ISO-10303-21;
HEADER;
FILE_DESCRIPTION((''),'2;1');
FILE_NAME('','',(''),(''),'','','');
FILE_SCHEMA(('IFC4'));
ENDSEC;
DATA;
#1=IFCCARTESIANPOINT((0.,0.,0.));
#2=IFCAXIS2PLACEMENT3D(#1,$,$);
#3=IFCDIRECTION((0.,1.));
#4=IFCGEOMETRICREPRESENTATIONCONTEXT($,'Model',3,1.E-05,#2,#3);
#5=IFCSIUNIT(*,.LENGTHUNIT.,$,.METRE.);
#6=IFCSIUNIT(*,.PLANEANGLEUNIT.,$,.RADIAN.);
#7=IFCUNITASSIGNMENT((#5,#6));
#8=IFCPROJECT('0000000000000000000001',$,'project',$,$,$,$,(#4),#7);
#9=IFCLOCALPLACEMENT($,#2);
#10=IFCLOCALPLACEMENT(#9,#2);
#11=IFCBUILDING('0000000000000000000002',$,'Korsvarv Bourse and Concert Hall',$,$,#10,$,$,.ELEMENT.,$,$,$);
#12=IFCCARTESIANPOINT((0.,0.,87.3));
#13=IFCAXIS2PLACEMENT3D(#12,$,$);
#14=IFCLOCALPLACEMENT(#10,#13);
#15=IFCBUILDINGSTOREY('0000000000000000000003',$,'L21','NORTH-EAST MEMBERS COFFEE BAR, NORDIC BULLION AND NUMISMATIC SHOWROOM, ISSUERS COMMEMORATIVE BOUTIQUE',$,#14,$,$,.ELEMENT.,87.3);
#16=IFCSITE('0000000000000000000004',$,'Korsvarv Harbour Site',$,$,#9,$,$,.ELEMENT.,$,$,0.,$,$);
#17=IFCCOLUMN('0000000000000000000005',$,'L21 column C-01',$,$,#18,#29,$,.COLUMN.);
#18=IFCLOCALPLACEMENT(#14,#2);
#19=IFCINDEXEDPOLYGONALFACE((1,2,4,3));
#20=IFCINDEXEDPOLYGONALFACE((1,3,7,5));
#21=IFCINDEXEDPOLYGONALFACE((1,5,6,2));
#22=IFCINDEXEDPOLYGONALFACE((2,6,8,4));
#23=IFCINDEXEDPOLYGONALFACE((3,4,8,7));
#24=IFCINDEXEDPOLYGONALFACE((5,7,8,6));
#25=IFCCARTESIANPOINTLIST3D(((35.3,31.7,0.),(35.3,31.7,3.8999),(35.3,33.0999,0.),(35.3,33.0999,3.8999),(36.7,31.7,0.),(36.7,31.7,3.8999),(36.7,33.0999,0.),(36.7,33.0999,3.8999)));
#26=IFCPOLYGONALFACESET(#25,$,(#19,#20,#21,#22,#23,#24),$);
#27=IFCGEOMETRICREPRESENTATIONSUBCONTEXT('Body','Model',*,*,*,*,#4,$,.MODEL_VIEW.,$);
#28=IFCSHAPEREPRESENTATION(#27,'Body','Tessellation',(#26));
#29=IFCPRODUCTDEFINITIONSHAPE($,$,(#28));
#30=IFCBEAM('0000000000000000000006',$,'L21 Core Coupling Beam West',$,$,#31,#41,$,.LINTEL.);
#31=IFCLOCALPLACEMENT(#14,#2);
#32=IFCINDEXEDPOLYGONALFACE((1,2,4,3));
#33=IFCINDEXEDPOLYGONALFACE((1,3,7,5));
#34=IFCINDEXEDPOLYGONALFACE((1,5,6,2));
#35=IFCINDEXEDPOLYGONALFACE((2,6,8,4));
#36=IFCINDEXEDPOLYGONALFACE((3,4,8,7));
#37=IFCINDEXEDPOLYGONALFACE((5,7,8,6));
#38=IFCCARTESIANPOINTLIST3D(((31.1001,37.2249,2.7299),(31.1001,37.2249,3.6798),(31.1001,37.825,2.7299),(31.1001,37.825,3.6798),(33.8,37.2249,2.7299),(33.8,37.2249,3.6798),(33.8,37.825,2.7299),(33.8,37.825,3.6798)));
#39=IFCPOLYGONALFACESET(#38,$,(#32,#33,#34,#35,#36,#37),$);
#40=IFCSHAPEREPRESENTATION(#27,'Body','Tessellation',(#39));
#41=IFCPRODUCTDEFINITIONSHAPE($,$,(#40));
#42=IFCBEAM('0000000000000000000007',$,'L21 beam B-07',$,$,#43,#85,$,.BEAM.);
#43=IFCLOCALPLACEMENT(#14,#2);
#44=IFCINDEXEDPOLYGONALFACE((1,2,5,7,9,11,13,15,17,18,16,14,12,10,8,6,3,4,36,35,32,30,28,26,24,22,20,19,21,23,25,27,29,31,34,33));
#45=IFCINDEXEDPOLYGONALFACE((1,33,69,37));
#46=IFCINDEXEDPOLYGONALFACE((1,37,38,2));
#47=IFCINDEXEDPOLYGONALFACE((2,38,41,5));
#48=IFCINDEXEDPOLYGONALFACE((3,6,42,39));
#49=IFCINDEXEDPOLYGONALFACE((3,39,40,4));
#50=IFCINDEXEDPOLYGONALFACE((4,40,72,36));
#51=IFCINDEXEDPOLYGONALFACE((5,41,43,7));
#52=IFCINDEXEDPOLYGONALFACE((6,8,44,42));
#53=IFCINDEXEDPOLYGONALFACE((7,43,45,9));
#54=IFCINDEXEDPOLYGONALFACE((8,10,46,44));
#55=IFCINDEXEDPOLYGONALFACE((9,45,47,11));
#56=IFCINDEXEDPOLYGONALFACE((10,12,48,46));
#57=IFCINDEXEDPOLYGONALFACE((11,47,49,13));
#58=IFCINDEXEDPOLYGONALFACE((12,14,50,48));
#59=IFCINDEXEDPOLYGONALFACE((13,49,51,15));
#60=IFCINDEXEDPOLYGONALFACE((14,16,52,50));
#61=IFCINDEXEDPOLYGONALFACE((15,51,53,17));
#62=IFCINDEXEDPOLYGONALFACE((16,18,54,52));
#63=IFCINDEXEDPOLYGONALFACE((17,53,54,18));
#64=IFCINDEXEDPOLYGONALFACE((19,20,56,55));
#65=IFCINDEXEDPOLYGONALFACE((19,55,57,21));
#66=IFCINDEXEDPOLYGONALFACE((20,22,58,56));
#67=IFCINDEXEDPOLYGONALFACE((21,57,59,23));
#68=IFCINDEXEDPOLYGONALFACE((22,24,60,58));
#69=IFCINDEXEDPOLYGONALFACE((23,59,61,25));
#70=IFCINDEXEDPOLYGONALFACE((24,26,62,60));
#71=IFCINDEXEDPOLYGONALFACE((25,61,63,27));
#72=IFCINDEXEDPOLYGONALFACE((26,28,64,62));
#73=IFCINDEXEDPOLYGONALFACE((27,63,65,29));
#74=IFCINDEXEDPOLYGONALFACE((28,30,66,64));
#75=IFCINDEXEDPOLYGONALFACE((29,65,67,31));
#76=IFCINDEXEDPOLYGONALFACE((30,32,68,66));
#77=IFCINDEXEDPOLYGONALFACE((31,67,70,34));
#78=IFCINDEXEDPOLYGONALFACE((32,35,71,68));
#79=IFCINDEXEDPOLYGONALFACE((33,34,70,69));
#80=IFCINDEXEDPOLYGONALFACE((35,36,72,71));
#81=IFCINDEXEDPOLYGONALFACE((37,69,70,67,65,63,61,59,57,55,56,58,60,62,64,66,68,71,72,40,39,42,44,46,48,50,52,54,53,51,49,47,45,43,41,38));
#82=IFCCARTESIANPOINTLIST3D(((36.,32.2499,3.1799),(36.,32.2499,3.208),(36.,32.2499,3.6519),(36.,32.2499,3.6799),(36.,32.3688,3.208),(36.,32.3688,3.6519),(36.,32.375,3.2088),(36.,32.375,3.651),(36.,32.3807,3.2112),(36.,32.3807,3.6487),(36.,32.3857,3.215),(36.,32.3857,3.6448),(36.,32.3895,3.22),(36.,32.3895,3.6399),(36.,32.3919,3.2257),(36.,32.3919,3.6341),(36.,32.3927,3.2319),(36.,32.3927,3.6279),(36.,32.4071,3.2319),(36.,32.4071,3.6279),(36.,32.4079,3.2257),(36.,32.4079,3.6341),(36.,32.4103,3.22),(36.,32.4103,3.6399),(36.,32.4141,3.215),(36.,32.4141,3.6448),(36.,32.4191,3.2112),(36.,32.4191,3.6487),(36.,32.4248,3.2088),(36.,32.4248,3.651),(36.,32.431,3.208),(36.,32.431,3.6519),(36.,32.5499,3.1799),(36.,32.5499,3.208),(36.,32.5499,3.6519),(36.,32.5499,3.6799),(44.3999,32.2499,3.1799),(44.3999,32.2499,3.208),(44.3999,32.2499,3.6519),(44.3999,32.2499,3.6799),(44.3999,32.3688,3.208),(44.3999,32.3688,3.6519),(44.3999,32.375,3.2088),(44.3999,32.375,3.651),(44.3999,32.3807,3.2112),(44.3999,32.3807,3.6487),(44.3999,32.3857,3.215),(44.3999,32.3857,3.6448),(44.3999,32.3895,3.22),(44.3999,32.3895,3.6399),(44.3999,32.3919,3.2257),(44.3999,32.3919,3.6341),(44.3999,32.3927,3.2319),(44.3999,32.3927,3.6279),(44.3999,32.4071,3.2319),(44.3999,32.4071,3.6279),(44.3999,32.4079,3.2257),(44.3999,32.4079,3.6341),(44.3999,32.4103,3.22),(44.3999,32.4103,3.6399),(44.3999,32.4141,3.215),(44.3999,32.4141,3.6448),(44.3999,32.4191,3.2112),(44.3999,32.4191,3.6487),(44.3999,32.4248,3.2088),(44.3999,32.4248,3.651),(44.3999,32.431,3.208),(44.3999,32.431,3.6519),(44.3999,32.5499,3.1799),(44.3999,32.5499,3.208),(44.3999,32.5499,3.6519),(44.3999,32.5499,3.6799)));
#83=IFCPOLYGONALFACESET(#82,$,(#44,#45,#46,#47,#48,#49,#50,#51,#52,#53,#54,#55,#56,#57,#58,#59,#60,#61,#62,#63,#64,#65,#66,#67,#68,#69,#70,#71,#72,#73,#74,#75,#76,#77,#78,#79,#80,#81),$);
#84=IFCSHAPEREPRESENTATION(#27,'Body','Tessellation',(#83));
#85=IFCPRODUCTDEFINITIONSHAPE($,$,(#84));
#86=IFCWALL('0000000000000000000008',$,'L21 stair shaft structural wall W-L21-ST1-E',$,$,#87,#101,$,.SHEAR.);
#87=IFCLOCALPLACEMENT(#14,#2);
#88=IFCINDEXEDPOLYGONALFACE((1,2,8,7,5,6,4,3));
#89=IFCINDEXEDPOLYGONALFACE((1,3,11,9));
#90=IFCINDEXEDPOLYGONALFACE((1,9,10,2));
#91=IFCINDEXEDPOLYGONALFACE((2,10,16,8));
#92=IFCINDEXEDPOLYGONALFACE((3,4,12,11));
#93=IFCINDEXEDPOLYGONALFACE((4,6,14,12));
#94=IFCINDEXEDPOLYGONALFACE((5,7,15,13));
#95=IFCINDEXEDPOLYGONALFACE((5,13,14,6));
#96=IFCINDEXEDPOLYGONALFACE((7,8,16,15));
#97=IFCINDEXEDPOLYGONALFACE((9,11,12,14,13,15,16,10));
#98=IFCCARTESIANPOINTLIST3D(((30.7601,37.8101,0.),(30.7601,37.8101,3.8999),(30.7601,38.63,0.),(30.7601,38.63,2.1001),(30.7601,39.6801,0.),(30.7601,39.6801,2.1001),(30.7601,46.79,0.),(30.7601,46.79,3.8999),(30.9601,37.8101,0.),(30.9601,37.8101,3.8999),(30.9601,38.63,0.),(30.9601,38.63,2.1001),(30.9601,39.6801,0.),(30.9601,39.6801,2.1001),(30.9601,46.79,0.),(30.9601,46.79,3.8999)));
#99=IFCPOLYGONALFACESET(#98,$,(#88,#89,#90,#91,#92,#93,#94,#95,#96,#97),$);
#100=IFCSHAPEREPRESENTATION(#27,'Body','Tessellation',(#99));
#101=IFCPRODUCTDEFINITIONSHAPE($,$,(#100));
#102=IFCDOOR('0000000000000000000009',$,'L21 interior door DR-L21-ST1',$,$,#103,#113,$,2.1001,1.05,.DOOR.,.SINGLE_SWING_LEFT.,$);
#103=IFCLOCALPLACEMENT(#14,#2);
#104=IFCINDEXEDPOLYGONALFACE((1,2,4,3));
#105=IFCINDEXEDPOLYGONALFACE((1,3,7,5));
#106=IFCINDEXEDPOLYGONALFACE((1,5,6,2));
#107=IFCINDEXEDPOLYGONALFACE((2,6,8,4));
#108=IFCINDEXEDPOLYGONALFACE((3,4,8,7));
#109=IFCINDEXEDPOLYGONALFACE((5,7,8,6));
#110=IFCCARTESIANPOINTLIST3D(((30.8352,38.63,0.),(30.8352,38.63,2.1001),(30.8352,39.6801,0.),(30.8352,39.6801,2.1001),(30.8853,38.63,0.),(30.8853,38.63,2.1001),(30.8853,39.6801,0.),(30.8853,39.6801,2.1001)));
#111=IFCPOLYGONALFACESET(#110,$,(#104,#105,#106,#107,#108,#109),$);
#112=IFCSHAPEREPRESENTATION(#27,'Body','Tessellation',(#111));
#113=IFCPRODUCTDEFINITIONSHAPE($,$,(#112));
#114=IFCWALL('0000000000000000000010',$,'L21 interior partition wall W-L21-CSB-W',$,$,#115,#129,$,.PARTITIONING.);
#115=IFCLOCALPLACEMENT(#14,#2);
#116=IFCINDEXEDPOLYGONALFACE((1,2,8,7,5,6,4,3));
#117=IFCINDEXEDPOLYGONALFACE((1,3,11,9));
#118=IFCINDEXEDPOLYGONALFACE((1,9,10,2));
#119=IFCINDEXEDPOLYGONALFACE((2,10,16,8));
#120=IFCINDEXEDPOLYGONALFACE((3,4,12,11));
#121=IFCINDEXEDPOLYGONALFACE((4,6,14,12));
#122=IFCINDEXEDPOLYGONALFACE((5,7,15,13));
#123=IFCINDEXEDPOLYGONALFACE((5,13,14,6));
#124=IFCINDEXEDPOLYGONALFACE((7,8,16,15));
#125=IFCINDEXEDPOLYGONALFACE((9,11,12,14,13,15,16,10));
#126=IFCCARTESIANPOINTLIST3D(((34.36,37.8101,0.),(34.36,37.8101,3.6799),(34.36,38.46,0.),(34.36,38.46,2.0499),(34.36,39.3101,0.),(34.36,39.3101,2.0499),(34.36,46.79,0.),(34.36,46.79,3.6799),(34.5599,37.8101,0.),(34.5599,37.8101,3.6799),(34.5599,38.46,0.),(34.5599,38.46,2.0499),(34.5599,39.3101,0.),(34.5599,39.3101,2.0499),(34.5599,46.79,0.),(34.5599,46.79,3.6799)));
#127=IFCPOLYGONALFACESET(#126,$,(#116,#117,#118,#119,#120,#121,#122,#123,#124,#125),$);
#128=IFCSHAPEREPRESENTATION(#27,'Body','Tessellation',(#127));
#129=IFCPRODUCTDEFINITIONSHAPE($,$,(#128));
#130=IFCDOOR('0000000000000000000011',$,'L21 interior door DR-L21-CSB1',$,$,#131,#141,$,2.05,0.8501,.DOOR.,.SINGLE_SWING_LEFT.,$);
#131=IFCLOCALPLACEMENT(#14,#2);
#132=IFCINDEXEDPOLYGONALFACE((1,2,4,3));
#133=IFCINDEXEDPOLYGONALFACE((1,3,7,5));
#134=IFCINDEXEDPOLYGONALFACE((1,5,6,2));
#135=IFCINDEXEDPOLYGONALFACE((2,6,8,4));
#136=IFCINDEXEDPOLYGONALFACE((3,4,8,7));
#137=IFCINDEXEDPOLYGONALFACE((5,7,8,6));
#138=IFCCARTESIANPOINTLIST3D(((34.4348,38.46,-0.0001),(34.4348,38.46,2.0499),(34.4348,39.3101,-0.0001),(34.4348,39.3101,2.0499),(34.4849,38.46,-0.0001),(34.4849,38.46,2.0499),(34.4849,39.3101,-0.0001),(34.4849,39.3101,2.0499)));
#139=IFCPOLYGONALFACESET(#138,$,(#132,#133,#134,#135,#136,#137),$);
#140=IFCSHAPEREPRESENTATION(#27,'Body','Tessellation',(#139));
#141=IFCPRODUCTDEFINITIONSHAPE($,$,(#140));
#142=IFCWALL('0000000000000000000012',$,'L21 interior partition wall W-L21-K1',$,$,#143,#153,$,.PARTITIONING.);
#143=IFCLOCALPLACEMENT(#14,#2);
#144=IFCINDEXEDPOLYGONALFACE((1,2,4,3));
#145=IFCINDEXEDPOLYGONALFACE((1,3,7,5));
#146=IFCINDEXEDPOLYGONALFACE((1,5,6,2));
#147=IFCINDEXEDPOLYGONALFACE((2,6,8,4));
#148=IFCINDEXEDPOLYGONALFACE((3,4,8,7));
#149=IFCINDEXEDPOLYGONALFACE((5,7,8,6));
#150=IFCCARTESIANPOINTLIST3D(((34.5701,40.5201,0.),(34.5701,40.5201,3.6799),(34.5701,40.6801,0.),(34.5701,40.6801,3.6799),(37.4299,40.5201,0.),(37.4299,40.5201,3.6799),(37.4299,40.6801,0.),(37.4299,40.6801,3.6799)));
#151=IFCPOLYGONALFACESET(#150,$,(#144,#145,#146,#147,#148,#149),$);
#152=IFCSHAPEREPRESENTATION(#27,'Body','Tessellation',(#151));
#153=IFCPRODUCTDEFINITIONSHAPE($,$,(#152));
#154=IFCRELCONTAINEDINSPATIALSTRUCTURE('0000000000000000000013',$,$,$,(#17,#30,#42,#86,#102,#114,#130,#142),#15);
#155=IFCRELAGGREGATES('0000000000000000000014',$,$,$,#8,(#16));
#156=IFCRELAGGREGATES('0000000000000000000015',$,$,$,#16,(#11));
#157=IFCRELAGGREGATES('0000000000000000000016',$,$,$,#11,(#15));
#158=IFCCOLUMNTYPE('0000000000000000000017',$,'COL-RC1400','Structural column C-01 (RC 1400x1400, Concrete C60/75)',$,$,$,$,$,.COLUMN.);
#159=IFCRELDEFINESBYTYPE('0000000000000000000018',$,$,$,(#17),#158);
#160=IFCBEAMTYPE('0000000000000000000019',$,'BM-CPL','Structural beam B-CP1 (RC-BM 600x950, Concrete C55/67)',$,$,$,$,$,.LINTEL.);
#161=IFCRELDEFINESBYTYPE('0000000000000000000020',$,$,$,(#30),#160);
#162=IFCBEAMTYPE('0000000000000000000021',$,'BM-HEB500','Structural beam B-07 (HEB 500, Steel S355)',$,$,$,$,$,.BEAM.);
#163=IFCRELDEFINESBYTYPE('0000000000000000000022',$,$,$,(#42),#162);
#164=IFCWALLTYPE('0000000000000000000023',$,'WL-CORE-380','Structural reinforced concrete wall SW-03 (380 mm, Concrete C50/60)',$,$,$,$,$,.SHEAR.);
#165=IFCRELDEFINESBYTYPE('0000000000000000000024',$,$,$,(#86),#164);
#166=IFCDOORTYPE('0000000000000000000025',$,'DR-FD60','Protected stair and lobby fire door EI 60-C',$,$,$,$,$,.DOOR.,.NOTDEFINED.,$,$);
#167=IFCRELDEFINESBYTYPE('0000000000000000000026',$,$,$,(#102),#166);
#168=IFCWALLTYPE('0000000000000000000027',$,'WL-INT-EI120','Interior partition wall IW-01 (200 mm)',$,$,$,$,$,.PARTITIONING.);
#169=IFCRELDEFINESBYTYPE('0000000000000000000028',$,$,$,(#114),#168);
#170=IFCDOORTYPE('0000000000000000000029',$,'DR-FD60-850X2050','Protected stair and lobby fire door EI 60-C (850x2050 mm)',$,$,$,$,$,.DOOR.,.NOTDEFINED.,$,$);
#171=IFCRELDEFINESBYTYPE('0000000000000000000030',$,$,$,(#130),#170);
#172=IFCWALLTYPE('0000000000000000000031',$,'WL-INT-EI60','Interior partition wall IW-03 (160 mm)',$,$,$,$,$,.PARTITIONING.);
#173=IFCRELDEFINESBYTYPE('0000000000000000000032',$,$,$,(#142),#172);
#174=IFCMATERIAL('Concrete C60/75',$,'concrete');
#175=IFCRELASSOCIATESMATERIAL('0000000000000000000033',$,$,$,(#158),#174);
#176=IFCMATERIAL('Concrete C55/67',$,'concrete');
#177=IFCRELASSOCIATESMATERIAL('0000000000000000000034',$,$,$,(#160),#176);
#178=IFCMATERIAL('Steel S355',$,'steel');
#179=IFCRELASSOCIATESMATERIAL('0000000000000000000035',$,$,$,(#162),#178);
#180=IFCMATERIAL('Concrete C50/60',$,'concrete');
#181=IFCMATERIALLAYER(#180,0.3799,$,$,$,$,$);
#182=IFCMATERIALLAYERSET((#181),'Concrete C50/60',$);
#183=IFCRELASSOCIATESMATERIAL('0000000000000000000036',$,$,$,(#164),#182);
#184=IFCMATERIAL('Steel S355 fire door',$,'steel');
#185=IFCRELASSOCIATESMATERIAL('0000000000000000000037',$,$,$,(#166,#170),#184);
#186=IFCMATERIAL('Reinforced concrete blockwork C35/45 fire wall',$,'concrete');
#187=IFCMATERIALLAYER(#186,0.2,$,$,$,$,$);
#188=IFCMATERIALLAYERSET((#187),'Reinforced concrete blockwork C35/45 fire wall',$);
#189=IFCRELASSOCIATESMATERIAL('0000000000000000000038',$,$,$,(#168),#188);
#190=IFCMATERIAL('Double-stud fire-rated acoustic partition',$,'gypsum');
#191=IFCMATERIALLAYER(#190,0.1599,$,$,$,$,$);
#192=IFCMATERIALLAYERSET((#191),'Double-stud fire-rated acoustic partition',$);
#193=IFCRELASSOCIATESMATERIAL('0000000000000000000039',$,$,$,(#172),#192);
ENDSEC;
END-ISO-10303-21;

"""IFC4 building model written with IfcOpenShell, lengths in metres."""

from ifc_helpers import new_model, si_unit, direction, frame, frame_2d, origin, origin_2d, place, context, subcontext, project, spatial, rectangle, i_section, extrude, source, transform, mapped, material, layer, layer_set, material_profile, profile_set, type_object, element, fill, save


model = new_model("IFC4")

# Units and contexts
model_context = context("Model", 3, precision=1e-05, world=origin(), true_north=direction((0.0, 1.0)))
body_context = subcontext(model_context, "Body", "Model", "MODEL_VIEW")
ifc_project = project(units=[si_unit("LENGTHUNIT", "METRE"), si_unit("PLANEANGLEUNIT", "RADIAN")], contexts=[model_context])

# Site, building, storey
site_placement = place(None, origin())
site = spatial("IfcSite", under=ifc_project, at=site_placement, Name="Korsvarv Harbour Site", CompositionType="ELEMENT", RefElevation=0.0)
building_placement = place(site_placement, origin())
building = spatial("IfcBuilding", under=site, at=building_placement, Name="Korsvarv Bourse and Concert Hall", CompositionType="ELEMENT")
storey_placement = place(building_placement, frame((0.0, 0.0, 87.3)))
storey = spatial("IfcBuildingStorey", under=building, at=storey_placement, Name="L21", Description="NORTH-EAST MEMBERS COFFEE BAR, NORDIC BULLION AND NUMISMATIC SHOWROOM, ISSUERS COMMEMORATIVE BOUTIQUE", CompositionType="ELEMENT", Elevation=87.3)

# Column
ifc_material_1 = material(Name="Concrete C60/75", Category="concrete")
ifc_material_profile_1 = material_profile(ifc_material_1, rectangle(XDim=1.3999, YDim=1.3999, at=origin_2d()), Name="RC 1400x1400")
ifc_profile_set_1 = profile_set([ifc_material_profile_1], Name="Concrete C60/75")
column_type = type_object("IfcColumnType", Name="COL-RC1400", Description="Structural column C-01 (RC 1400x1400, Concrete C60/75)", PredefinedType="COLUMN", material=ifc_profile_set_1)
shared_shape_1 = source(origin(), body_context, "Body", "SweptSolid", [
    extrude(rectangle(XDim=1.3999, YDim=1.3999, at=origin_2d()), origin(), (0.0, 0.0, 1.0), 3.8999),
])
column_placement = place(storey_placement, frame((36.0, 32.3999, 0.0), z_axis=(0.0, 0.0, 1.0), x_axis=(1.0, 0.0, 0.0)))
element("IfcColumn", 1, at=column_placement, inside=storey, type_object=column_type, Name="L21 column C-01", PredefinedType="COLUMN", context=body_context, shape_type="MappedRepresentation", body=[
    mapped(shared_shape_1, transform((0.0, 0.0, 0.0), scale=1.0)),
])

# Beams
ifc_material_2 = material(Name="Concrete C55/67", Category="concrete")
ifc_material_profile_2 = material_profile(ifc_material_2, rectangle(XDim=0.6001, YDim=0.95, at=origin_2d()), Name="RC-BM 600x950")
ifc_profile_set_2 = profile_set([ifc_material_profile_2], Name="Concrete C55/67")
beam_type_1 = type_object("IfcBeamType", Name="BM-CPL", Description="Structural beam B-CP1 (RC-BM 600x950, Concrete C55/67)", PredefinedType="LINTEL", material=ifc_profile_set_2)
shared_shape_2 = source(origin(), body_context, "Body", "SweptSolid", [
    extrude(rectangle(XDim=0.6001, YDim=0.95, at=origin_2d()), origin(), (0.0, 0.0, 1.0), 2.7),
])
beam_1_placement = place(storey_placement, frame((31.1001, 37.5249, 3.2048), z_axis=(1.0, 0.0, 0.0), x_axis=(0.0, 1.0, 0.0)))
element("IfcBeam", 2, at=beam_1_placement, inside=storey, type_object=beam_type_1, Name="L21 Core Coupling Beam West", PredefinedType="LINTEL", context=body_context, shape_type="MappedRepresentation", body=[
    mapped(shared_shape_2, transform((0.0, 0.0, 0.0), scale=1.0)),
])
ifc_material_3 = material(Name="Steel S355", Category="steel")
ifc_material_profile_3 = material_profile(ifc_material_3, i_section(OverallWidth=0.3, OverallDepth=0.5, WebThickness=0.0144, FlangeThickness=0.0281, FilletRadius=0.0239, at=origin_2d()), Name="HEB 500")
ifc_profile_set_3 = profile_set([ifc_material_profile_3], Name="Steel S355")
beam_type_2 = type_object("IfcBeamType", Name="BM-HEB500", Description="Structural beam B-07 (HEB 500, Steel S355)", PredefinedType="BEAM", material=ifc_profile_set_3)
shared_shape_3 = source(origin(), body_context, "Body", "SweptSolid", [
    extrude(i_section(OverallWidth=0.3, OverallDepth=0.5, WebThickness=0.0144, FlangeThickness=0.0281, FilletRadius=0.0239, at=origin_2d()), origin(), (0.0, 0.0, 1.0), 8.3999),
])
beam_2_placement = place(storey_placement, frame((36.0, 32.3999, 3.4299), z_axis=(1.0, 0.0, 0.0), x_axis=(0.0, 1.0, 0.0)))
element("IfcBeam", 3, at=beam_2_placement, inside=storey, type_object=beam_type_2, Name="L21 beam B-07", PredefinedType="BEAM", context=body_context, shape_type="MappedRepresentation", body=[
    mapped(shared_shape_3, transform((0.0, 0.0, 0.0), scale=1.0)),
])

# Walls, openings, doors
ifc_material_4 = material(Name="Concrete C50/60", Category="concrete")
ifc_layer_1 = layer(ifc_material_4, 0.3799)
ifc_layer_set_1 = layer_set([ifc_layer_1], Name="Concrete C50/60")
wall_type_1 = type_object("IfcWallType", Name="WL-CORE-380", Description="Structural reinforced concrete wall SW-03 (380 mm, Concrete C50/60)", PredefinedType="SHEAR", material=ifc_layer_set_1)
wall_1_placement = place(storey_placement, frame((30.8601, 37.8101, 0.0), z_axis=(0.0, 0.0, 1.0), x_axis=(0.0, 1.0, 0.0)))
wall_1 = element("IfcWall", 4, at=wall_1_placement, inside=storey, type_object=wall_type_1, Name="L21 stair shaft structural wall W-L21-ST1-E", PredefinedType="SHEAR", context=body_context, shape_type="SweptSolid", body=[
    extrude(rectangle(XDim=8.98, YDim=0.2, at=frame_2d((4.49, 0.0))), origin(), (0.0, 0.0, 1.0), 3.8999),
])
opening_1_placement = place(wall_1_placement, frame((0.8201, 0.0, 0.0)))
opening_1 = element("IfcOpeningElement", 5, at=opening_1_placement, cuts=wall_1, PredefinedType="OPENING", context=body_context, shape_type="SweptSolid", body=[
    extrude(rectangle(XDim=1.05, YDim=2.1001, at=frame_2d((0.5249, 1.05))), frame((0.0, 0.1099, 0.0), z_axis=(0.0, -1.0, 0.0), x_axis=(1.0, 0.0, 0.0)), (0.0, 0.0, 1.0), 0.22),
])
ifc_material_5 = material(Name="Steel S355 fire door", Category="steel")
door_type_1 = type_object("IfcDoorType", Name="DR-FD60", Description="Protected stair and lobby fire door EI 60-C", OperationType="NOTDEFINED", PredefinedType="DOOR", material=ifc_material_5)
door_1_placement = place(opening_1_placement, origin())
door_1 = element("IfcDoor", 6, at=door_1_placement, inside=storey, type_object=door_type_1, Name="L21 interior door DR-L21-ST1", OperationType="SINGLE_SWING_LEFT", OverallHeight=2.1001, OverallWidth=1.05, PredefinedType="DOOR", context=body_context, shape_type="SweptSolid", body=[
    extrude(rectangle(XDim=1.05, YDim=2.1001, at=frame_2d((0.5249, 1.05))), frame((0.0, 0.0249, 0.0), z_axis=(0.0, -1.0, 0.0), x_axis=(1.0, 0.0, 0.0)), (0.0, 0.0, 1.0), 0.05),
])
fill(opening_1, door_1)
ifc_material_6 = material(Name="Reinforced concrete blockwork C35/45 fire wall", Category="concrete")
ifc_layer_2 = layer(ifc_material_6, 0.2)
ifc_layer_set_2 = layer_set([ifc_layer_2], Name="Reinforced concrete blockwork C35/45 fire wall")
wall_type_2 = type_object("IfcWallType", Name="WL-INT-EI120", Description="Interior partition wall IW-01 (200 mm)", PredefinedType="PARTITIONING", material=ifc_layer_set_2)
wall_2_placement = place(storey_placement, frame((34.46, 37.8101, 0.0), z_axis=(0.0, 0.0, 1.0), x_axis=(0.0, 1.0, 0.0)))
wall_2 = element("IfcWall", 7, at=wall_2_placement, inside=storey, type_object=wall_type_2, Name="L21 interior partition wall W-L21-CSB-W", PredefinedType="PARTITIONING", context=body_context, shape_type="SweptSolid", body=[
    extrude(rectangle(XDim=8.98, YDim=0.2, at=frame_2d((4.49, 0.0))), origin(), (0.0, 0.0, 1.0), 3.6799),
])
opening_2_placement = place(wall_2_placement, frame((0.6499, 0.0, 0.0)))
opening_2 = element("IfcOpeningElement", 8, at=opening_2_placement, cuts=wall_2, PredefinedType="OPENING", context=body_context, shape_type="SweptSolid", body=[
    extrude(rectangle(XDim=0.8501, YDim=2.05, at=frame_2d((0.425, 1.0249))), frame((0.0, 0.1099, 0.0), z_axis=(0.0, -1.0, 0.0), x_axis=(1.0, 0.0, 0.0)), (0.0, 0.0, 1.0), 0.22),
])
door_type_2 = type_object("IfcDoorType", Name="DR-FD60-850X2050", Description="Protected stair and lobby fire door EI 60-C (850x2050 mm)", OperationType="NOTDEFINED", PredefinedType="DOOR", material=ifc_material_5)
door_2_placement = place(opening_2_placement, frame((0.8501, 0.0, 0.0), z_axis=(0.0, 0.0, 1.0), x_axis=(-1.0, 0.0, 0.0)))
door_2 = element("IfcDoor", 9, at=door_2_placement, inside=storey, type_object=door_type_2, Name="L21 interior door DR-L21-CSB1", OperationType="SINGLE_SWING_LEFT", OverallHeight=2.05, OverallWidth=0.8501, PredefinedType="DOOR", context=body_context, shape_type="SweptSolid", body=[
    extrude(rectangle(XDim=0.8501, YDim=2.05, at=frame_2d((0.425, 1.0249))), frame((0.0, 0.0249, 0.0), z_axis=(0.0, -1.0, 0.0), x_axis=(1.0, 0.0, 0.0)), (0.0, 0.0, 1.0), 0.05),
])
fill(opening_2, door_2)

# Wall
ifc_material_7 = material(Name="Double-stud fire-rated acoustic partition", Category="gypsum")
ifc_layer_3 = layer(ifc_material_7, 0.1599)
ifc_layer_set_3 = layer_set([ifc_layer_3], Name="Double-stud fire-rated acoustic partition")
wall_type_3 = type_object("IfcWallType", Name="WL-INT-EI60", Description="Interior partition wall IW-03 (160 mm)", PredefinedType="PARTITIONING", material=ifc_layer_set_3)
wall_3_placement = place(storey_placement, frame((34.5701, 40.6001, 0.0), z_axis=(0.0, 0.0, 1.0), x_axis=(1.0, 0.0, 0.0)))
element("IfcWall", 10, at=wall_3_placement, inside=storey, type_object=wall_type_3, Name="L21 interior partition wall W-L21-K1", PredefinedType="PARTITIONING", context=body_context, shape_type="SweptSolid", body=[
    extrude(rectangle(XDim=2.8599, YDim=0.1599, at=frame_2d((1.4299, 0.0))), origin(), (0.0, 0.0, 1.0), 3.6799),
])

save(model, "model.ifc")
